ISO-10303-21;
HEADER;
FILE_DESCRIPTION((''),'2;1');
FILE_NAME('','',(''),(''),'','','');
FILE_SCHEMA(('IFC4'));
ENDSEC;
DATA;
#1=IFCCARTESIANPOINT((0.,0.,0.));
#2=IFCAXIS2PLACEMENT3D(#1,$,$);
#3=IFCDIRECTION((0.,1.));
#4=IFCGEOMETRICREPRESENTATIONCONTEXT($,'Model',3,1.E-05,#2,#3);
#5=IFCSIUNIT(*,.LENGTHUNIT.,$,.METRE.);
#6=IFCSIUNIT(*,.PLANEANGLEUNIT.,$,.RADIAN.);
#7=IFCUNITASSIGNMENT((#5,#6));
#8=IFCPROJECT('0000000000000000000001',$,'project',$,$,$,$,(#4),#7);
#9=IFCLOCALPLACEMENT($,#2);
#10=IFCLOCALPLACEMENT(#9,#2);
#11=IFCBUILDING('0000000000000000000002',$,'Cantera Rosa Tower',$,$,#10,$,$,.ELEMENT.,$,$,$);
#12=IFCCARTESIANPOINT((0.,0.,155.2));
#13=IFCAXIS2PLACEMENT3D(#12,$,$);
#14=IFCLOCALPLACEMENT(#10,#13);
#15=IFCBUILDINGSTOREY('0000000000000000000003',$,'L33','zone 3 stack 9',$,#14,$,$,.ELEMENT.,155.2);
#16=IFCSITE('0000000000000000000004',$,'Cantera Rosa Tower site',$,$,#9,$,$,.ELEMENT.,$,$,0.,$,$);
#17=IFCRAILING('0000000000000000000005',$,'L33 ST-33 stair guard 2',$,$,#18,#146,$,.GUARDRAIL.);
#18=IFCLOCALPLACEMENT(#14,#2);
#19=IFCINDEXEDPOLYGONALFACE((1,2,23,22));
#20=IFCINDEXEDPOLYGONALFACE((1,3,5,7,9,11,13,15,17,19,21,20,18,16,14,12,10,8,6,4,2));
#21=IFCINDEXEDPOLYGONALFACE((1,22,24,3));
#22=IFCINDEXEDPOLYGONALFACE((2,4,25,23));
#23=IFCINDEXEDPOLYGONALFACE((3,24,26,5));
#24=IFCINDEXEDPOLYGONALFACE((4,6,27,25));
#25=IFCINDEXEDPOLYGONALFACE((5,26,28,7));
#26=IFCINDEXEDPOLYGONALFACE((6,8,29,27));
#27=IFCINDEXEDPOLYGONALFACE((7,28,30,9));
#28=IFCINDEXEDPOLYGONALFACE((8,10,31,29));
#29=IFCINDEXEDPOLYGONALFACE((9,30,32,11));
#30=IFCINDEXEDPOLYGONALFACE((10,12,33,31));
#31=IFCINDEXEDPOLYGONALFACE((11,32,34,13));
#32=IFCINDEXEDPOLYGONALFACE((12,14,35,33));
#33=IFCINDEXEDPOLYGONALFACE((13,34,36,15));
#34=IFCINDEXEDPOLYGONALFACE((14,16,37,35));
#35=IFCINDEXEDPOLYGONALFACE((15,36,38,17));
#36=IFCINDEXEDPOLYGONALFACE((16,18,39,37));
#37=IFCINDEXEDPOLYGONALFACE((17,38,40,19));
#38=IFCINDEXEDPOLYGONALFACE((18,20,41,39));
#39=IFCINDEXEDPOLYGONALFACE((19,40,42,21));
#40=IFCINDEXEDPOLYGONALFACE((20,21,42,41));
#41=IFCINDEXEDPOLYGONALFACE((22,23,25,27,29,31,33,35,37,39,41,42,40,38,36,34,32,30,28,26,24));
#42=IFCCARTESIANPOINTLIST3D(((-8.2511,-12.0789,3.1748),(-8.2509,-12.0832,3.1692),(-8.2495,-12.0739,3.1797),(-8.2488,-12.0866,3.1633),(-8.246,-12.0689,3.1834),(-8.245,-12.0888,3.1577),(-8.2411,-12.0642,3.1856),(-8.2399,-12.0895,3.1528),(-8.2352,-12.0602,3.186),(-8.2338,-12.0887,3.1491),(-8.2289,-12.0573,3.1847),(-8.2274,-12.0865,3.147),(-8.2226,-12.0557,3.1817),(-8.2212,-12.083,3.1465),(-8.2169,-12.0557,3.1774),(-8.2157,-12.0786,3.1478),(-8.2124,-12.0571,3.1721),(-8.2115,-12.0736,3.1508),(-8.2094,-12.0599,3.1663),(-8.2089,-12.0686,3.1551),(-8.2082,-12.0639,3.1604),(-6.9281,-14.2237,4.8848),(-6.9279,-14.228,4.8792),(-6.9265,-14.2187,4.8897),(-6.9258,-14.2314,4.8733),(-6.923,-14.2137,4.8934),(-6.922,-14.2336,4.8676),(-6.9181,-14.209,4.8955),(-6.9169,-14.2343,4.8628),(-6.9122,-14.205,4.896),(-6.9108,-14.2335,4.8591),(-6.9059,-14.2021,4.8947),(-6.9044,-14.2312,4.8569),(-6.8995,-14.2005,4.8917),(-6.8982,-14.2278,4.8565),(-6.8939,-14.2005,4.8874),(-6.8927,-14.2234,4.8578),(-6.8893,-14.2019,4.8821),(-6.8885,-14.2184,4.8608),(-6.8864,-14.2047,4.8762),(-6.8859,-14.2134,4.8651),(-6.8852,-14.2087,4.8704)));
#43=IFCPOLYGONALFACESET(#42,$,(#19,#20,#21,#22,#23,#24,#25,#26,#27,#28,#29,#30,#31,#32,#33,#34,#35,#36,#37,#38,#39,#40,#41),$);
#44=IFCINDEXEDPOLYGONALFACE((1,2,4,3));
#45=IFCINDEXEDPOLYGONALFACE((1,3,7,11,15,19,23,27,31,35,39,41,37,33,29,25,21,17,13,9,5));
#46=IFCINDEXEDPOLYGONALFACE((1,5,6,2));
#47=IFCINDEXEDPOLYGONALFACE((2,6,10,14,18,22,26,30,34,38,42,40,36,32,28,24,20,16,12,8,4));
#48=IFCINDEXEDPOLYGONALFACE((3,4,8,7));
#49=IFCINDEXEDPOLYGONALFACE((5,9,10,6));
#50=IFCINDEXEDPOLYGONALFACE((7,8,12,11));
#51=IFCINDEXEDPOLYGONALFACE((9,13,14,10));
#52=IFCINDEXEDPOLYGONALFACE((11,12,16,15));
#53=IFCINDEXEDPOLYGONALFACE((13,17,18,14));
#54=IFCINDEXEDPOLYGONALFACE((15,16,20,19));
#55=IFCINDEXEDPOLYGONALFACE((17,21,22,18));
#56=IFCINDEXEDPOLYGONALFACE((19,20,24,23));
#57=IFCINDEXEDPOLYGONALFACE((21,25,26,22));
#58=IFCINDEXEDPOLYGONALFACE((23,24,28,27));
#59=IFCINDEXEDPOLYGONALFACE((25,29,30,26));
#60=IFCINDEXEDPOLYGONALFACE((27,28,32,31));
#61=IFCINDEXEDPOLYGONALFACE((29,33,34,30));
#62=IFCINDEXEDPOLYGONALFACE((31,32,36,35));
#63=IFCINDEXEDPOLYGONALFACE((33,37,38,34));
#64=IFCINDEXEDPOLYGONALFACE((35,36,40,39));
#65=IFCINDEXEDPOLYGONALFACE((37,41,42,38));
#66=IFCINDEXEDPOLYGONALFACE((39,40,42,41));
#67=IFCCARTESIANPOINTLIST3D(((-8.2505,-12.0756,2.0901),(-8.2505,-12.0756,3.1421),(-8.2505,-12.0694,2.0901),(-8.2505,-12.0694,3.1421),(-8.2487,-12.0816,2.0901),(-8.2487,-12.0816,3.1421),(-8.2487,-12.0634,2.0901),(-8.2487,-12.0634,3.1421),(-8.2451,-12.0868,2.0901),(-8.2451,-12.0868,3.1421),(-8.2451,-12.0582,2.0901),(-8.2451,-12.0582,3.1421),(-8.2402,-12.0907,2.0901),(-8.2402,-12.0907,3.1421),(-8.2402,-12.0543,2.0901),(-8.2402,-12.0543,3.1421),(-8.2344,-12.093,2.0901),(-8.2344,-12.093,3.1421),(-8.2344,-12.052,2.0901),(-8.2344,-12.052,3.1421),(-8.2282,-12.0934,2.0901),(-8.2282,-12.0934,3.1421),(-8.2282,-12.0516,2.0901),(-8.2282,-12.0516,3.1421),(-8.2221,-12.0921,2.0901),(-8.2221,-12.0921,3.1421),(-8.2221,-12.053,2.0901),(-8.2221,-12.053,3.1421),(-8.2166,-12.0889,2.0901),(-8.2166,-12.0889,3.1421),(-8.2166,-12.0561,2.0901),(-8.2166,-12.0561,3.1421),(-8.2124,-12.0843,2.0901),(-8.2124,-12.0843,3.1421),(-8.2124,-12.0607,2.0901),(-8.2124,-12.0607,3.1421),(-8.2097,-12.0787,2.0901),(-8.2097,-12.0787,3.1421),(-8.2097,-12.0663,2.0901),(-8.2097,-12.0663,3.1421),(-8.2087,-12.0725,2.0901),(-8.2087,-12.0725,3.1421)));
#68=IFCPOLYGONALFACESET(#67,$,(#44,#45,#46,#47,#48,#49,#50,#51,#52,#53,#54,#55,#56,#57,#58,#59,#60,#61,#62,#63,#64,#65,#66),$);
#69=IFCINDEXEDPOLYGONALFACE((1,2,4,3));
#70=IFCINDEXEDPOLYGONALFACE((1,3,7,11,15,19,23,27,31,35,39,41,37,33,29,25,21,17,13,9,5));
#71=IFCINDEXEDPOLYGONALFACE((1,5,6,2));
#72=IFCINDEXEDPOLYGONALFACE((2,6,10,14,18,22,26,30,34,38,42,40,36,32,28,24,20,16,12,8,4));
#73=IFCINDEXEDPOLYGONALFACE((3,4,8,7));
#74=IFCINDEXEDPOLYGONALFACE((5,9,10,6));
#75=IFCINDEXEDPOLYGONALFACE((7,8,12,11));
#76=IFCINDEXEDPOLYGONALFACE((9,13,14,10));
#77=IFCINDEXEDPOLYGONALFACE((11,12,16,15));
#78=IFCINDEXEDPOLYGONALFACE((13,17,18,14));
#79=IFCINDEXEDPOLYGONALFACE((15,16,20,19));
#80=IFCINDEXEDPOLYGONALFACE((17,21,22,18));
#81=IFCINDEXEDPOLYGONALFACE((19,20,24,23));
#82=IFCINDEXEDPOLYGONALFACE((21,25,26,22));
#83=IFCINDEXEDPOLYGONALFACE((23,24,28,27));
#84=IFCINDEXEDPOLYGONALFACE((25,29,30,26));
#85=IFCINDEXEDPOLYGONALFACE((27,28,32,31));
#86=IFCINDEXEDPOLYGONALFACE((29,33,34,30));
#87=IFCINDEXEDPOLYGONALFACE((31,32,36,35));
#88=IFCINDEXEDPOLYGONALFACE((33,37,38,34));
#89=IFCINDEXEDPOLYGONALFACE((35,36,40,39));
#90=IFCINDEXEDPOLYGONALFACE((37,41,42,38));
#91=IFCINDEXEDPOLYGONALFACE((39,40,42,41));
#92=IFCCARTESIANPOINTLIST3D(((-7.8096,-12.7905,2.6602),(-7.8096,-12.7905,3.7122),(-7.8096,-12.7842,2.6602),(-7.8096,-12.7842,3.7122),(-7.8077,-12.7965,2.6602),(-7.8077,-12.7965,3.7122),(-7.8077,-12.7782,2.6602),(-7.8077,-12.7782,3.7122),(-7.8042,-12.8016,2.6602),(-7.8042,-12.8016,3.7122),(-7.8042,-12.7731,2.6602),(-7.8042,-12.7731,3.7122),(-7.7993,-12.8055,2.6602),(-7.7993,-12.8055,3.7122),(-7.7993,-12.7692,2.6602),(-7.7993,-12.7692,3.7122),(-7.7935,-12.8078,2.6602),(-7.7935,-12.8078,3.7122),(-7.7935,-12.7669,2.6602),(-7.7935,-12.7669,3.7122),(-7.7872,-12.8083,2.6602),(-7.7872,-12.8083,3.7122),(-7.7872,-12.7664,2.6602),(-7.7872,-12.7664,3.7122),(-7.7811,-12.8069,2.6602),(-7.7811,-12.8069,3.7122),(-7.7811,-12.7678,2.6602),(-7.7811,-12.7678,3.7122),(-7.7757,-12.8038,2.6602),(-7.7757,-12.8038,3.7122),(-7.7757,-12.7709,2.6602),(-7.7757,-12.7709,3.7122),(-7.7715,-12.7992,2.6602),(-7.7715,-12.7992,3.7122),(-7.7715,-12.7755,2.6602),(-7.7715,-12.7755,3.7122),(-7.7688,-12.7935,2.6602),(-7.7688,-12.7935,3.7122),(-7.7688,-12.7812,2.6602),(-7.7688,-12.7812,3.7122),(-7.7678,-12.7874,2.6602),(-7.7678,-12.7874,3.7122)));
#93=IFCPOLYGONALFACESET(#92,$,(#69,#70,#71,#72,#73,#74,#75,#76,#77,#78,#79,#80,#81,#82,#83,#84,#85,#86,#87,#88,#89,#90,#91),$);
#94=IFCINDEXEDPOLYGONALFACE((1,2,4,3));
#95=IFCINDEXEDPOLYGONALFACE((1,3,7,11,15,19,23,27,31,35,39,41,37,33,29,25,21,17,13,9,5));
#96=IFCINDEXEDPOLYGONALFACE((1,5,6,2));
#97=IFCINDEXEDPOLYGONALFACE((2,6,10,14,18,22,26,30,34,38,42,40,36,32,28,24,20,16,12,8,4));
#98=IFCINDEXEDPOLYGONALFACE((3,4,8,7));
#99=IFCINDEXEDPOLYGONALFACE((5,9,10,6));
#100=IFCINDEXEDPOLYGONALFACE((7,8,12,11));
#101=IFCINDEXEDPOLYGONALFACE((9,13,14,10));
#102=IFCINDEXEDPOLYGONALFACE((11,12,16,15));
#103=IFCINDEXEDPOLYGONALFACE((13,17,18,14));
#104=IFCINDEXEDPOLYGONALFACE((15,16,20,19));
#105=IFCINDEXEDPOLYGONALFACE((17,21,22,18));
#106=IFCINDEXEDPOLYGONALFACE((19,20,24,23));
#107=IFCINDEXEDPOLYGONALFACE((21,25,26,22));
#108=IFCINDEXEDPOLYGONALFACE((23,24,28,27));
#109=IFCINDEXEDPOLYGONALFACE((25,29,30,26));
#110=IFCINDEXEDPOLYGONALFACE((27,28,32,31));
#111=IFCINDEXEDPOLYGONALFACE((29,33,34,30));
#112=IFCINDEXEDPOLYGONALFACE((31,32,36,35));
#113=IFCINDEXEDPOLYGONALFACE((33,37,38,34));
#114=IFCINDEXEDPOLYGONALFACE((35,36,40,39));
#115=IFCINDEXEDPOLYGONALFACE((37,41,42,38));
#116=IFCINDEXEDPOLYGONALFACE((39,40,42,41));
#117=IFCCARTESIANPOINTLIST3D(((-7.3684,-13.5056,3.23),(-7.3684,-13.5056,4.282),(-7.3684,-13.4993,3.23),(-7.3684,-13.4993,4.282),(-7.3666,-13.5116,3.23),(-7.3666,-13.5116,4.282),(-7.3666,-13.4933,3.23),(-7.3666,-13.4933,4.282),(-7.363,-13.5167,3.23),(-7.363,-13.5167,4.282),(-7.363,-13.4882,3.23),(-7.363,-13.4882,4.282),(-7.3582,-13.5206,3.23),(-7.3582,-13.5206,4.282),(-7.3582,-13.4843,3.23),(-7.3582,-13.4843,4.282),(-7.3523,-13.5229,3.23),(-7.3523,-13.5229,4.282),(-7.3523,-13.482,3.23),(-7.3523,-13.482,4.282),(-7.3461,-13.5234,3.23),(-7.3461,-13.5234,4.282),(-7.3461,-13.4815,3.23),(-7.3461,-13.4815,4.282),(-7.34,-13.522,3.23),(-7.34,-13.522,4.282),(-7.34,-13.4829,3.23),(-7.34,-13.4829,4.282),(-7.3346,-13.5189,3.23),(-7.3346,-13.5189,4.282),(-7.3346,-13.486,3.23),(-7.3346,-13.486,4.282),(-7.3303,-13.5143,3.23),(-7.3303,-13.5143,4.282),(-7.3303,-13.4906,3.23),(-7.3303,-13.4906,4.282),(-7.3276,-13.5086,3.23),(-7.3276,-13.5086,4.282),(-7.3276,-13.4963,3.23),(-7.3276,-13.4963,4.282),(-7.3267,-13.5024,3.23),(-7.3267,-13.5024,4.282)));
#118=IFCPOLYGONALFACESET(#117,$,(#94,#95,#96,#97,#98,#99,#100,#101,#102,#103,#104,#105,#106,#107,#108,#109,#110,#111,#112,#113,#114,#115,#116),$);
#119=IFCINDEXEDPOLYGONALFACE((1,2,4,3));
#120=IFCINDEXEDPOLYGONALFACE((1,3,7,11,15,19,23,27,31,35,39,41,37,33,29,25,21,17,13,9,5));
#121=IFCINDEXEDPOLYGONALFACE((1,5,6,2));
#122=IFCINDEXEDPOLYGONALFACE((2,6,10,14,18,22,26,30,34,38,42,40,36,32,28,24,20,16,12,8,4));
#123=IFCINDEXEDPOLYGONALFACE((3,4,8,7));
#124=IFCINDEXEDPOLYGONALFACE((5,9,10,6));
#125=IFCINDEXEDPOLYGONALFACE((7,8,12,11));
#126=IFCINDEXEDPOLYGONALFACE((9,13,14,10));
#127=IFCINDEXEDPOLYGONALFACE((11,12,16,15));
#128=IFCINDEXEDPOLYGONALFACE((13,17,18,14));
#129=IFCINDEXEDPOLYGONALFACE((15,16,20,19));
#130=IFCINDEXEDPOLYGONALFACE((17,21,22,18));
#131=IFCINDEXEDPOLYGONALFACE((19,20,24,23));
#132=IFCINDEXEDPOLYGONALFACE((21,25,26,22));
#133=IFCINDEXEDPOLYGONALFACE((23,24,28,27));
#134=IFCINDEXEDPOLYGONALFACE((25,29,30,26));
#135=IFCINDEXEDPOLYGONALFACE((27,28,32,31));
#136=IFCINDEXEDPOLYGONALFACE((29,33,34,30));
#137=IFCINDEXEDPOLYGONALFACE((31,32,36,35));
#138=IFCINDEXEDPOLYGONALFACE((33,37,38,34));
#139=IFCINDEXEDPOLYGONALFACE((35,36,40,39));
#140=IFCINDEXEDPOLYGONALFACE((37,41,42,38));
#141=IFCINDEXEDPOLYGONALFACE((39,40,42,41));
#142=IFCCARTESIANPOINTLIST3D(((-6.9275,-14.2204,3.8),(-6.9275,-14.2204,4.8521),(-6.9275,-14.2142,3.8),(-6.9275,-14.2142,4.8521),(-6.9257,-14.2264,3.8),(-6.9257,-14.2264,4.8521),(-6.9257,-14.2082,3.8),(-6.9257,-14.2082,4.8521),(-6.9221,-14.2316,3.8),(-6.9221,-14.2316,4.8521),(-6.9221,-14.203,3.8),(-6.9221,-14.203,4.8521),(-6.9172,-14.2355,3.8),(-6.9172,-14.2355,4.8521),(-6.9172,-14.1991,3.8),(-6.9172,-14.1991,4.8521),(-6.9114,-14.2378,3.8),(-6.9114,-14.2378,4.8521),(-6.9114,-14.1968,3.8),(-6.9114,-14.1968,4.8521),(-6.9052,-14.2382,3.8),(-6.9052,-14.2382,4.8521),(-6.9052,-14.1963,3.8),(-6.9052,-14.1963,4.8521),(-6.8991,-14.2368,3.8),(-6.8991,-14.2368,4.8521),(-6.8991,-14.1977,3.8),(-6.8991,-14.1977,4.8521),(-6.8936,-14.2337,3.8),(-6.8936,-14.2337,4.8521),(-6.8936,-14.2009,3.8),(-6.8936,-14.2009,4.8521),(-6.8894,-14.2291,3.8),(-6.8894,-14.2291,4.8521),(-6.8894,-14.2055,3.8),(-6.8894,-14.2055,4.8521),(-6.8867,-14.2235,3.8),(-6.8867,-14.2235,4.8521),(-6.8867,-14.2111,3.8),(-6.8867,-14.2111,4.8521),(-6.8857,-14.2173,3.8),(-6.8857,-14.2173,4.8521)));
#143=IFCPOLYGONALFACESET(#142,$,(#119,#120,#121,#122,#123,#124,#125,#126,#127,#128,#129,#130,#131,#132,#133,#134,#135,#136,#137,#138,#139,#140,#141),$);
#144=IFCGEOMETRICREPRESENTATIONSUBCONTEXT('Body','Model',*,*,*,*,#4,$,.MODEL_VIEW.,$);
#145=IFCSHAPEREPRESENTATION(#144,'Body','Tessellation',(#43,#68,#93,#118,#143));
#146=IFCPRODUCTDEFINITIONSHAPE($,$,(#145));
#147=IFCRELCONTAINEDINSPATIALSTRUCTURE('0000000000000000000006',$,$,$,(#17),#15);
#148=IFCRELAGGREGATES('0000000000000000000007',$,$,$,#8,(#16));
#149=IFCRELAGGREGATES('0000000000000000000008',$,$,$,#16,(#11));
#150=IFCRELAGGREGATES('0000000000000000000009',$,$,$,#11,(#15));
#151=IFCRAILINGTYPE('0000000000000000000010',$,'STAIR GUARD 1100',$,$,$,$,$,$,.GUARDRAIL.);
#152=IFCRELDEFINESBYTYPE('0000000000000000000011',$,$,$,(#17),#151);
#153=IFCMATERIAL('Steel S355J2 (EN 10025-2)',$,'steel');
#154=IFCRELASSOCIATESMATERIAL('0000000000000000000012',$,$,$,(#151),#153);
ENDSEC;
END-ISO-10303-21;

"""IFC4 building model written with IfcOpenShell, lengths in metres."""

from ifc_helpers import new_model, si_unit, direction, frame, origin, origin_2d, place, context, subcontext, project, spatial, circle, extrude, material, type_object, element, save


model = new_model("IFC4")

# Units and contexts
model_context = context("Model", 3, precision=1e-05, world=origin(), true_north=direction((0.0, 1.0)))
body_context = subcontext(model_context, "Body", "Model", "MODEL_VIEW")
ifc_project = project(units=[si_unit("LENGTHUNIT", "METRE"), si_unit("PLANEANGLEUNIT", "RADIAN")], contexts=[model_context])

# Site, building, storey
site_placement = place(None, origin())
site = spatial("IfcSite", under=ifc_project, at=site_placement, Name="Cantera Rosa Tower site", CompositionType="ELEMENT", RefElevation=0.0)
building_placement = place(site_placement, origin())
building = spatial("IfcBuilding", under=site, at=building_placement, Name="Cantera Rosa Tower", CompositionType="ELEMENT")
storey_placement = place(building_placement, frame((0.0, 0.0, 155.2)))
storey = spatial("IfcBuildingStorey", under=building, at=storey_placement, Name="L33", Description="zone 3 stack 9", CompositionType="ELEMENT", Elevation=155.2)

# Railing
ifc_material_1 = material(Name="Steel S355J2 (EN 10025-2)", Category="steel")
railing_type_1 = type_object("IfcRailingType", Name="STAIR GUARD 1100", PredefinedType="GUARDRAIL", material=ifc_material_1)
railing_1_placement = place(storey_placement, frame((-8.2297, -12.0725, 2.0901)))
element("IfcRailing", 1, at=railing_1_placement, inside=storey, type_object=railing_type_1, Name="L33 ST-33 stair guard 2", PredefinedType="GUARDRAIL", context=body_context, shape_type="SweptSolid", body=[
    extrude(circle(Radius=0.0239, at=origin_2d()), frame((0.0, 0.0, 1.0762), z_axis=(0.434428, -0.704271, 0.561493), x_axis=(0.851102, 0.525, 0.0)), (0.0, 0.0, 1.0), 3.0454),
    extrude(circle(Radius=0.021, at=origin_2d()), origin(), (0.0, 0.0, 1.0), 1.052),
    extrude(circle(Radius=0.021, at=origin_2d()), frame((0.4409, -0.7148, 0.5701)), (0.0, 0.0, 1.0), 1.052),
    extrude(circle(Radius=0.021, at=origin_2d()), frame((0.8821, -1.4299, 1.1399)), (0.0, 0.0, 1.0), 1.052),
    extrude(circle(Radius=0.021, at=origin_2d()), frame((1.323, -2.1448, 1.71)), (0.0, 0.0, 1.0), 1.052),
])

save(model, "model.ifc")
